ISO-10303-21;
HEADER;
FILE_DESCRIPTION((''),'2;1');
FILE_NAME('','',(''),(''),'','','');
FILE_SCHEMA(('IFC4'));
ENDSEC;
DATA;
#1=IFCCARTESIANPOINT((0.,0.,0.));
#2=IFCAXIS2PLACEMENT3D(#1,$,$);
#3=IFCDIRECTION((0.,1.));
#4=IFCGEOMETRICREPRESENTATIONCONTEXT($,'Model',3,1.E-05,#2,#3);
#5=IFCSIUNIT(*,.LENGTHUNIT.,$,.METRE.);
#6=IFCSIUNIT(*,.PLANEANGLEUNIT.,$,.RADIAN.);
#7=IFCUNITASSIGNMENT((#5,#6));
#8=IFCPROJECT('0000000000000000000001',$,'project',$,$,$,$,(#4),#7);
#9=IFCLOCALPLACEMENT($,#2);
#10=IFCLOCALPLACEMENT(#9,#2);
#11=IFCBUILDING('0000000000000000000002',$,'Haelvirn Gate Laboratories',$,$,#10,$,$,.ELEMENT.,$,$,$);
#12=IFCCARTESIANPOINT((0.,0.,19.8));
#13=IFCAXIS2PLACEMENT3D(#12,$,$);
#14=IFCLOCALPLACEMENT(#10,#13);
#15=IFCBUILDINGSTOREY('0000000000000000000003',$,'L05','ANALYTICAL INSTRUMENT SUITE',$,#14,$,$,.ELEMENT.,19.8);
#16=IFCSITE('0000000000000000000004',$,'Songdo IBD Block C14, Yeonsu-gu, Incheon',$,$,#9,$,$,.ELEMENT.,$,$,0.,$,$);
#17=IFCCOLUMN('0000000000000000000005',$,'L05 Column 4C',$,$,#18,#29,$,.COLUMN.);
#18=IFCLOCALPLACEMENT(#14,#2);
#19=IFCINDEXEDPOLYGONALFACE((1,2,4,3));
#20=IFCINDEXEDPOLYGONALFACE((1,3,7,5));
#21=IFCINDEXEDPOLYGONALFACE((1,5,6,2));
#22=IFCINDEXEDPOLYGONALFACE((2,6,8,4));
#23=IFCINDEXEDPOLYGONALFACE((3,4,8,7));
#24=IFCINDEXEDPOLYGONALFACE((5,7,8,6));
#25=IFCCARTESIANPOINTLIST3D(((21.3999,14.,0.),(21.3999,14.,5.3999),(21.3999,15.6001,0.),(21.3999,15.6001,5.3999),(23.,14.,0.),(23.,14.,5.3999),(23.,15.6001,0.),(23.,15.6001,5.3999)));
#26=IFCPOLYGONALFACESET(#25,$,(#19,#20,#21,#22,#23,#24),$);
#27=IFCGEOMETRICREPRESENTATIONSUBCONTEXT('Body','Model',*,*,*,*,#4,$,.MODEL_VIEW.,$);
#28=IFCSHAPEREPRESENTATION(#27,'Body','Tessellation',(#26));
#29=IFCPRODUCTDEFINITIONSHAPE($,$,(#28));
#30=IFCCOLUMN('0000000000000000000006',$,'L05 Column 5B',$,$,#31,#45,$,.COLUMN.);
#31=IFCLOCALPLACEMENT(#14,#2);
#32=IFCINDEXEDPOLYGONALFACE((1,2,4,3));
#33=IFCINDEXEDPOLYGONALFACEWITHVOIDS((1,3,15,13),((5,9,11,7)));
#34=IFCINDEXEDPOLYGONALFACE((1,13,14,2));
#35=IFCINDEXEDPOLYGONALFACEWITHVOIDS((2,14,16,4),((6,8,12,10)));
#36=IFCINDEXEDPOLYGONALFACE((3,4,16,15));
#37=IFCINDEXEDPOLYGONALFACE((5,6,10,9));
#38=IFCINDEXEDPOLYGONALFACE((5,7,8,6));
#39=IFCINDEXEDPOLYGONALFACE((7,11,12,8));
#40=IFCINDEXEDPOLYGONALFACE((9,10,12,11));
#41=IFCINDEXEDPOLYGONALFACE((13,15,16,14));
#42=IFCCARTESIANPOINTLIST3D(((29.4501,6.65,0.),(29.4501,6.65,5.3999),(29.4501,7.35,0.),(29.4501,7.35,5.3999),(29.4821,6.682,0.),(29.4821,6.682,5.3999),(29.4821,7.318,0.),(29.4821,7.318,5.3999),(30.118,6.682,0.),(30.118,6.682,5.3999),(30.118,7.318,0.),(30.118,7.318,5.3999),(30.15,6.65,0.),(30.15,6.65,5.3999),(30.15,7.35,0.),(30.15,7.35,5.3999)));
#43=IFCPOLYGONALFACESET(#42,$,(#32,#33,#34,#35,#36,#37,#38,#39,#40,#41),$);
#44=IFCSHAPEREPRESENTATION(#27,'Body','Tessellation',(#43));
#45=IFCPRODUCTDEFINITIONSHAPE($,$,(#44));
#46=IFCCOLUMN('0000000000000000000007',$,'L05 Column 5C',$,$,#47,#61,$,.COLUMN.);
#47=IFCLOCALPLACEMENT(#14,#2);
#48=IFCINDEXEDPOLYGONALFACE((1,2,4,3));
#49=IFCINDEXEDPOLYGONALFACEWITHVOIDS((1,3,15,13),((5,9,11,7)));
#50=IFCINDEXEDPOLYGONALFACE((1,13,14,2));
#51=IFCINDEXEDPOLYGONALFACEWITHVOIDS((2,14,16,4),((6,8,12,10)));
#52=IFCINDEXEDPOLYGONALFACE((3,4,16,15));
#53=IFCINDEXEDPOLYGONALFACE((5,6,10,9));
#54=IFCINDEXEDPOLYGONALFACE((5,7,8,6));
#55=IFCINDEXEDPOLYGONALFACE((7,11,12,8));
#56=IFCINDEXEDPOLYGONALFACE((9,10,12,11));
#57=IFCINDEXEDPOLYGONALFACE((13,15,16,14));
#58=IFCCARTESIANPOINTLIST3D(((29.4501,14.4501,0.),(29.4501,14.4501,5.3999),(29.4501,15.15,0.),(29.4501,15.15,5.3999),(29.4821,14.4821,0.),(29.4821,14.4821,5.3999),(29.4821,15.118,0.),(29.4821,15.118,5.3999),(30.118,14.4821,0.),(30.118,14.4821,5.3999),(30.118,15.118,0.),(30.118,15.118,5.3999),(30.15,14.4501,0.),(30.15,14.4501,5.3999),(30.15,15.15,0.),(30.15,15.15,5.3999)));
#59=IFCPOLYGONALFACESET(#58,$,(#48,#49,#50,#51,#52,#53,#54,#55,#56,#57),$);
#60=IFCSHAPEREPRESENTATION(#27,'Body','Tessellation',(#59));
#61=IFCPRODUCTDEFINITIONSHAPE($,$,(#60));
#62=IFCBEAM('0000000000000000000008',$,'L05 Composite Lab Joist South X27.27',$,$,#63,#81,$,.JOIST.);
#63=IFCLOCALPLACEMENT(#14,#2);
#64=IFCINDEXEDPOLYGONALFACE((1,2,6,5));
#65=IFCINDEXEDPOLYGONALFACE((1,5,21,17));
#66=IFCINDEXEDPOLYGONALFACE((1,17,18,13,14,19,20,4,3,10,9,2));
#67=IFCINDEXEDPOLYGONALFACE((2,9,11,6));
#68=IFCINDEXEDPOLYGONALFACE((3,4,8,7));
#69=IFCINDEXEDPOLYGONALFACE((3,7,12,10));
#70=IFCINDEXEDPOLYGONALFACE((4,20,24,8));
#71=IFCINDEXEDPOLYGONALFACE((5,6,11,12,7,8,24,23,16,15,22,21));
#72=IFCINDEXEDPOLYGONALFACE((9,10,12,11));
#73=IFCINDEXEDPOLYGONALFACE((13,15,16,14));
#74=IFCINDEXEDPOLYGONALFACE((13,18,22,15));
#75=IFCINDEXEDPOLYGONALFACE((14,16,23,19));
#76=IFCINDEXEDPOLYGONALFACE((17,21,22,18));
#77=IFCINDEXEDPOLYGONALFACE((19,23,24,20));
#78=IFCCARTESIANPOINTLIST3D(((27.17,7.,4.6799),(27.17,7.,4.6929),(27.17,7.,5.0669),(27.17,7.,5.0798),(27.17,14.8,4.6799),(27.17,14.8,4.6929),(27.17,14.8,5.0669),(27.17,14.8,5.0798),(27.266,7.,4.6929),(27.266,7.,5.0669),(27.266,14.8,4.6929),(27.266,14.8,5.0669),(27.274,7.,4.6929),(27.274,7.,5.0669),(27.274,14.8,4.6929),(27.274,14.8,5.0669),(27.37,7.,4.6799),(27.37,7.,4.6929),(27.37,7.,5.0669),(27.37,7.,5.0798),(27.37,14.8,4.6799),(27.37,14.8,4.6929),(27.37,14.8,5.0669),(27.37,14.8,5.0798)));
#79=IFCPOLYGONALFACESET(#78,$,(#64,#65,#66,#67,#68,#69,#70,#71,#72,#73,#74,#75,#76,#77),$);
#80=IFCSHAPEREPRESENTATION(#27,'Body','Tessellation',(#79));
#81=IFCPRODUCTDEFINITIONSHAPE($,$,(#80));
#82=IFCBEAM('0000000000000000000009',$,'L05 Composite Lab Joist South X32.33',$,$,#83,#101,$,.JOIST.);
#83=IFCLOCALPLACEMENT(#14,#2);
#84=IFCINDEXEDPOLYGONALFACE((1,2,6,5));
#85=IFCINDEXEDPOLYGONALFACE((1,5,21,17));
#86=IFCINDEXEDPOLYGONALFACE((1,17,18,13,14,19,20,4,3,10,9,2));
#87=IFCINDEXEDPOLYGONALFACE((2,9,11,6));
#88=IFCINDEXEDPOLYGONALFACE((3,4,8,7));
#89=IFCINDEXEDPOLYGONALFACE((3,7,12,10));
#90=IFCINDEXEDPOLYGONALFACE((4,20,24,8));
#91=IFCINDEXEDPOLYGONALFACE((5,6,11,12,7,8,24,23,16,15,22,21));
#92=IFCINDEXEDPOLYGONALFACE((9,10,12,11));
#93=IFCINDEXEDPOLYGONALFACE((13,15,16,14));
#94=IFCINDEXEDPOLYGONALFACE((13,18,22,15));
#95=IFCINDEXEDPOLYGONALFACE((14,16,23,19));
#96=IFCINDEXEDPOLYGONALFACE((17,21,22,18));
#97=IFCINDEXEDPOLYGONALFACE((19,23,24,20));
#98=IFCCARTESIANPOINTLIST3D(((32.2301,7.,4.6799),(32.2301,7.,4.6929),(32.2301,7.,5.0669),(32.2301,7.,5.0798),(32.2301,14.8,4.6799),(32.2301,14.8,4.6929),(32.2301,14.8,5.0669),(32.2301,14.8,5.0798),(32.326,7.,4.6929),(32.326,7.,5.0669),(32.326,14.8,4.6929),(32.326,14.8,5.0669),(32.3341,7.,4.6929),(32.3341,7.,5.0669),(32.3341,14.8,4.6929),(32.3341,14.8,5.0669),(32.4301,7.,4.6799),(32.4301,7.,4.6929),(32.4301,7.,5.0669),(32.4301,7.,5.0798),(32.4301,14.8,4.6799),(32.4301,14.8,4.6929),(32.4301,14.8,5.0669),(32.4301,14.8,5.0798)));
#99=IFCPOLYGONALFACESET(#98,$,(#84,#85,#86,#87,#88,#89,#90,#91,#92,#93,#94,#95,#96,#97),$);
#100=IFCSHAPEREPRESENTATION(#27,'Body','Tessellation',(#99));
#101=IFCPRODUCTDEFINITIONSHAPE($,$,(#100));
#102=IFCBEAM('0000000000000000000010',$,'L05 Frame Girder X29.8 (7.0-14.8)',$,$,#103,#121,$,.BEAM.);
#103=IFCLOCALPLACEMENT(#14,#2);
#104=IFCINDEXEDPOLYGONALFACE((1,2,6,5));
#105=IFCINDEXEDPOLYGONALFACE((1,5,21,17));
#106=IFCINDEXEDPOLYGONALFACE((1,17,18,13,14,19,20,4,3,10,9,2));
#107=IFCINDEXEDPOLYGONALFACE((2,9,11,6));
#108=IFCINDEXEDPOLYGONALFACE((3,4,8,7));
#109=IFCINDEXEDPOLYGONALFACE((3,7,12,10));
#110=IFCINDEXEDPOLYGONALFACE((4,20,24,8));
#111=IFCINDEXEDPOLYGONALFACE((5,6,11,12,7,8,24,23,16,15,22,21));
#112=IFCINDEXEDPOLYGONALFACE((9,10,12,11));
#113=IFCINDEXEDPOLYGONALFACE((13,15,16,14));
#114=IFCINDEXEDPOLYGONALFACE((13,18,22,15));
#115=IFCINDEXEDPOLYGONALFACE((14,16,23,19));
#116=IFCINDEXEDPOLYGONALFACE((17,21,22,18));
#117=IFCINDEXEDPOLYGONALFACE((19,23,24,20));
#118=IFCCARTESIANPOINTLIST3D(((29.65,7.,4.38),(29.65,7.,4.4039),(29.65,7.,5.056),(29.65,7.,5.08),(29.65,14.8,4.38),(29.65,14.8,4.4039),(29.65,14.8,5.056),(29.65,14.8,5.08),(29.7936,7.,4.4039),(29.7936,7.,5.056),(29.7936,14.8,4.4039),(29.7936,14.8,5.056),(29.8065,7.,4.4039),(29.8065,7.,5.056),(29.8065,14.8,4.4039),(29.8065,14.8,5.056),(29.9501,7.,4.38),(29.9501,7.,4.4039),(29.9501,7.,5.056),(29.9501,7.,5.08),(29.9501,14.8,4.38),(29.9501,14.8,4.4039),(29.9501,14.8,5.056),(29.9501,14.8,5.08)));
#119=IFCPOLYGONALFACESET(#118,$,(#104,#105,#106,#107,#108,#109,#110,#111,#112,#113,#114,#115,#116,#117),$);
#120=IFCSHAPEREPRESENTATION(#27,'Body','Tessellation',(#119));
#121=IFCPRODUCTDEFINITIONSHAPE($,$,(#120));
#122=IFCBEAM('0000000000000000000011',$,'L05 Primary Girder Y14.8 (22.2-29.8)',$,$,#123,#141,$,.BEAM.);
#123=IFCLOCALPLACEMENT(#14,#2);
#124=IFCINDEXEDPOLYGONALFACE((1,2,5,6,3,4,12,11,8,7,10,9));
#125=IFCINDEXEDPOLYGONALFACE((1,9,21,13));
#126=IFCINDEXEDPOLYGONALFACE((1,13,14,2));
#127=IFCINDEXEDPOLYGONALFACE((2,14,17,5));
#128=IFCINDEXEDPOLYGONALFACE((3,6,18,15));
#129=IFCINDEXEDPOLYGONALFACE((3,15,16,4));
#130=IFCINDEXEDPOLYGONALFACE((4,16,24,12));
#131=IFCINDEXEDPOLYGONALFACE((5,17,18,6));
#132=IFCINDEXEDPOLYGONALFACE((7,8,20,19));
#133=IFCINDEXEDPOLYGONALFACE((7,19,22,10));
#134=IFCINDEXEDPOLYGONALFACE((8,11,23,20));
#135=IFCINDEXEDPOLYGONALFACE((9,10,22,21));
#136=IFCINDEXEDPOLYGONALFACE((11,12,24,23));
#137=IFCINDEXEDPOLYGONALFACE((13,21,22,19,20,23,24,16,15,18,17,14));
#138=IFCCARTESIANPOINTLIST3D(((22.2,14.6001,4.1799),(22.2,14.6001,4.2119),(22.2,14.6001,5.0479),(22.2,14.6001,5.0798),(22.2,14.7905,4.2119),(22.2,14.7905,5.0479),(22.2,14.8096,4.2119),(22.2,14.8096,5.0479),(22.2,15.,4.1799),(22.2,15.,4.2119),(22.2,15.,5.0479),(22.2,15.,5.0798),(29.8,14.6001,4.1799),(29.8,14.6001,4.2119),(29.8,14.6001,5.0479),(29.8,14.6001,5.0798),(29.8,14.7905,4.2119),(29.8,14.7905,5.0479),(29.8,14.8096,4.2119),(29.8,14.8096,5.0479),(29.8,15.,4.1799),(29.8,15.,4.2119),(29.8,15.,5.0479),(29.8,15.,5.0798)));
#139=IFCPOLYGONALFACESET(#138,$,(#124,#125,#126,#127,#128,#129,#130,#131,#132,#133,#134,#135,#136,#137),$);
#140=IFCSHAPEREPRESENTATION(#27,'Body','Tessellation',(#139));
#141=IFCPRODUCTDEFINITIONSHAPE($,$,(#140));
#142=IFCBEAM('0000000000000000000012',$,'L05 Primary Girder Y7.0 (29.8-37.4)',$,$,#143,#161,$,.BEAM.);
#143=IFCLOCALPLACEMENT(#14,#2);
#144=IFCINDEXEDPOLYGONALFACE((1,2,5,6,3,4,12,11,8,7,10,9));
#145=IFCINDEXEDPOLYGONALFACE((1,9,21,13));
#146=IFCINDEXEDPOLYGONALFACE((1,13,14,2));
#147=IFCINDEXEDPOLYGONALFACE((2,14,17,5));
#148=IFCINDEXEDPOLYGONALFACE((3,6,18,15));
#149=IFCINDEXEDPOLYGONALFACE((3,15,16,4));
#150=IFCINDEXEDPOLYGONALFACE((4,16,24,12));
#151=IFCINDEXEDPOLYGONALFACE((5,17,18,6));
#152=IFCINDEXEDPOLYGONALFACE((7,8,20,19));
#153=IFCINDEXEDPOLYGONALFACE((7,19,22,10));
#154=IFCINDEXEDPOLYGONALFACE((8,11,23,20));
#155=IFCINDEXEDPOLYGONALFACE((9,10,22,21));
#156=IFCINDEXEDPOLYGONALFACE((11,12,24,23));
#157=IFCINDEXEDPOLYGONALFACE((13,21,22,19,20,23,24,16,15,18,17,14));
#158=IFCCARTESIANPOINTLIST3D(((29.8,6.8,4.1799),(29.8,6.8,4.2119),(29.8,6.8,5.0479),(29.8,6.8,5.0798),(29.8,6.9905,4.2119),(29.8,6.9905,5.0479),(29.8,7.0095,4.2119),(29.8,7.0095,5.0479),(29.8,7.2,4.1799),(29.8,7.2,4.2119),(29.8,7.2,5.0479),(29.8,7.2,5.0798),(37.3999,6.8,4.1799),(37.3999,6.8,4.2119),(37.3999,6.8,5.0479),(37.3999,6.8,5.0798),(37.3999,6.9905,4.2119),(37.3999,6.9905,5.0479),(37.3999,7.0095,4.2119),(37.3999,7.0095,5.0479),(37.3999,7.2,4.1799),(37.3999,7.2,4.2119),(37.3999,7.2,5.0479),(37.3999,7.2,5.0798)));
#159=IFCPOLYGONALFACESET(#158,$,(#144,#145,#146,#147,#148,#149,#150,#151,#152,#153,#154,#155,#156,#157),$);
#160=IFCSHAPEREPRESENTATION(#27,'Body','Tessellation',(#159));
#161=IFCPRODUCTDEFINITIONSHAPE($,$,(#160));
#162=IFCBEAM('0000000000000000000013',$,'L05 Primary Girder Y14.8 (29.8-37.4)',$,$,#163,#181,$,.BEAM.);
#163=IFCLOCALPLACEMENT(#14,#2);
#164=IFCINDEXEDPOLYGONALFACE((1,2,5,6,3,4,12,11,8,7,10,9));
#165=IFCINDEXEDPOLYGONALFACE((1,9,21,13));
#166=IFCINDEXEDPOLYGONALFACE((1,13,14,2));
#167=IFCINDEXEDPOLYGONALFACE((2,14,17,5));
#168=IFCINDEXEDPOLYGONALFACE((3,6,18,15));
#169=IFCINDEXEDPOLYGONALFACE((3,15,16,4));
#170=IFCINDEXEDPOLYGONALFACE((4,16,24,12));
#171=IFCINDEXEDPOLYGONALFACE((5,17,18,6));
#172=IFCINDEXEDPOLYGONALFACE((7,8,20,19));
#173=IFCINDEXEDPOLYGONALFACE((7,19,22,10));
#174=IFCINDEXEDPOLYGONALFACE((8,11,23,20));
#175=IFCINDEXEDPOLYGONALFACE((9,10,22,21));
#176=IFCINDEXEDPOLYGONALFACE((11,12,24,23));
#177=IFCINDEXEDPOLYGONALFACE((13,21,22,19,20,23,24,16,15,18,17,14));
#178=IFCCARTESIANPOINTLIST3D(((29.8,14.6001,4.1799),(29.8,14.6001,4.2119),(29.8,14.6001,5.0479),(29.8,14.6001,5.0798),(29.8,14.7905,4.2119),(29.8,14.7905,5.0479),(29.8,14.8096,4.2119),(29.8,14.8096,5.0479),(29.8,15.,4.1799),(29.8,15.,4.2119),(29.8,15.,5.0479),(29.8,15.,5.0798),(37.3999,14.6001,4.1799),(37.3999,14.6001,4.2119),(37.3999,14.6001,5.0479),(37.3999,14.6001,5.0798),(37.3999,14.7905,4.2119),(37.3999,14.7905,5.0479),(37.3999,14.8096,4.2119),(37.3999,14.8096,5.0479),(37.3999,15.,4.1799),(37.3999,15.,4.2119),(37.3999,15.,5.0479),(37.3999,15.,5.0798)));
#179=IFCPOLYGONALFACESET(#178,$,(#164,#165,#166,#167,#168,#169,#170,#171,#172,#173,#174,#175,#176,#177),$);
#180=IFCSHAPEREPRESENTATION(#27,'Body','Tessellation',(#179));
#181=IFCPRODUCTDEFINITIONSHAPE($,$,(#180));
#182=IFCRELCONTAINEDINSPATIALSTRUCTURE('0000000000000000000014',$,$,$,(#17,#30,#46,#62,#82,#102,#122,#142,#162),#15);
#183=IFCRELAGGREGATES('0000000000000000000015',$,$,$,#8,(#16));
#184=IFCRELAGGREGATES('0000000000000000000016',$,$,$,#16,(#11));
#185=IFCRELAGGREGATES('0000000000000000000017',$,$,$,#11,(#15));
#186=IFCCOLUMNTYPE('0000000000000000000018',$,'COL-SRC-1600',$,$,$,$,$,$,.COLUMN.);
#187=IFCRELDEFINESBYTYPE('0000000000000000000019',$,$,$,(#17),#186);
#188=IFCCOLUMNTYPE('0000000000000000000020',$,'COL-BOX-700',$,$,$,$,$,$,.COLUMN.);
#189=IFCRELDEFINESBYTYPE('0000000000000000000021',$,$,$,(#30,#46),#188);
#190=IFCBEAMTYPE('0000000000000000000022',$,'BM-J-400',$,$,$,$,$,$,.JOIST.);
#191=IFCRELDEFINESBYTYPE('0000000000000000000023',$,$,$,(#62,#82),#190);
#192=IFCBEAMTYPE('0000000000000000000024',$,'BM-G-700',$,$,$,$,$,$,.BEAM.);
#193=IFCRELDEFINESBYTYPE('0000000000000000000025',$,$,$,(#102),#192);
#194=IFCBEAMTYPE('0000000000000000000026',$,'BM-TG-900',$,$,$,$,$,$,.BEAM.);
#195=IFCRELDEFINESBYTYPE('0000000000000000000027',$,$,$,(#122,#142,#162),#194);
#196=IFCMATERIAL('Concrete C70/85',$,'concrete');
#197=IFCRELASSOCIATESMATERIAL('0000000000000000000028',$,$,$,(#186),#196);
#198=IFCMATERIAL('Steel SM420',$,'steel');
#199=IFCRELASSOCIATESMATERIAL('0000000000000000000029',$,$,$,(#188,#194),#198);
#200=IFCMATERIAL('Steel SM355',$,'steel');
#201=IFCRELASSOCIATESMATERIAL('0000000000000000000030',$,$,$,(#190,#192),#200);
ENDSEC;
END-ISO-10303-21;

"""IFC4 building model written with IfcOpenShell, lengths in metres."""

from ifc_helpers import new_model, si_unit, direction, frame, origin, origin_2d, place, context, subcontext, project, spatial, rectangle, hollow_rectangle, i_section, extrude, source, transform, mapped, material, material_profile, profile_set, type_object, type_shapes, element, save


model = new_model("IFC4")

# Units and contexts
model_context = context("Model", 3, precision=1e-05, world=origin(), true_north=direction((0.0, 1.0)))
body_context = subcontext(model_context, "Body", "Model", "MODEL_VIEW")
ifc_project = project(units=[si_unit("LENGTHUNIT", "METRE"), si_unit("PLANEANGLEUNIT", "RADIAN")], contexts=[model_context])

# Site, building, storey
site_placement = place(None, origin())
site = spatial("IfcSite", under=ifc_project, at=site_placement, Name="Songdo IBD Block C14, Yeonsu-gu, Incheon", CompositionType="ELEMENT", RefElevation=0.0)
building_placement = place(site_placement, origin())
building = spatial("IfcBuilding", under=site, at=building_placement, Name="Haelvirn Gate Laboratories", CompositionType="ELEMENT")
storey_placement = place(building_placement, frame((0.0, 0.0, 19.8)))
storey = spatial("IfcBuildingStorey", under=building, at=storey_placement, Name="L05", Description="ANALYTICAL INSTRUMENT SUITE", CompositionType="ELEMENT", Elevation=19.8)

# Columns
ifc_material_1 = material(Name="Concrete C70/85", Category="concrete")
ifc_material_profile_1 = material_profile(ifc_material_1, rectangle(XDim=1.6001, YDim=1.6001, at=origin_2d()), Name="SRC-1600x1600")
ifc_profile_set_1 = profile_set([ifc_material_profile_1], Name="Concrete C70/85")
column_type_1 = type_object("IfcColumnType", Name="COL-SRC-1600", PredefinedType="COLUMN", material=ifc_profile_set_1)
shared_shape_1 = source(origin(), body_context, "Body", "SweptSolid", [
    extrude(rectangle(XDim=1.6001, YDim=1.6001, at=origin_2d()), origin(), (0.0, 0.0, 1.0), 5.3999),
])
type_shapes(column_type_1, [shared_shape_1])
column_placement = place(storey_placement, frame((22.2, 14.8, 0.0), z_axis=(0.0, 0.0, 1.0), x_axis=(1.0, 0.0, 0.0)))
element("IfcColumn", 1, at=column_placement, inside=storey, type_object=column_type_1, Name="L05 Column 4C", PredefinedType="COLUMN", context=body_context, shape_type="MappedRepresentation", body=[
    mapped(shared_shape_1, transform((0.0, 0.0, 0.0), scale=1.0)),
])
ifc_material_2 = material(Name="Steel SM420", Category="steel")
ifc_material_profile_2 = material_profile(ifc_material_2, hollow_rectangle(XDim=0.7, YDim=0.7, WallThickness=0.032, at=origin_2d()), Name="BOX-700x700x32")
ifc_profile_set_2 = profile_set([ifc_material_profile_2], Name="Steel SM420")
column_type_2 = type_object("IfcColumnType", Name="COL-BOX-700", PredefinedType="COLUMN", material=ifc_profile_set_2)
shared_shape_2 = source(origin(), body_context, "Body", "SweptSolid", [
    extrude(hollow_rectangle(XDim=0.7, YDim=0.7, WallThickness=0.032, at=origin_2d()), origin(), (0.0, 0.0, 1.0), 5.3999),
])
type_shapes(column_type_2, [shared_shape_2])
for number, where, z_axis, x_axis, name in (
    (2, (29.8, 7.0, 0.0), (0.0, 0.0, 1.0), (1.0, 0.0, 0.0), "L05 Column 5B"),
    (3, (29.8, 14.8, 0.0), (0.0, 0.0, 1.0), (1.0, 0.0, 0.0), "L05 Column 5C"),
):
    element("IfcColumn", number, at=place(storey_placement, frame(where, z_axis=z_axis, x_axis=x_axis)), inside=storey, type_object=column_type_2, Name=name, PredefinedType="COLUMN", context=body_context, shape_type="MappedRepresentation", body=[
        mapped(shared_shape_2, transform((0.0, 0.0, 0.0), scale=1.0)),
    ])

# Beams
ifc_material_3 = material(Name="Steel SM355", Category="steel")
ifc_material_profile_3 = material_profile(ifc_material_3, i_section(OverallWidth=0.2, OverallDepth=0.3999, WebThickness=0.0081, FlangeThickness=0.0129, at=origin_2d()), Name="H-400x200x8x13")
ifc_profile_set_3 = profile_set([ifc_material_profile_3], Name="Steel SM355")
beam_type_1 = type_object("IfcBeamType", Name="BM-J-400", PredefinedType="JOIST", material=ifc_profile_set_3)
shared_shape_3 = source(origin(), body_context, "Body", "SweptSolid", [
    extrude(i_section(OverallWidth=0.2, OverallDepth=0.3999, WebThickness=0.0081, FlangeThickness=0.0129, at=origin_2d()), origin(), (0.0, 0.0, 1.0), 7.8),
])
type_shapes(beam_type_1, [shared_shape_3])
for number, where, z_axis, x_axis, name in (
    (4, (27.27, 7.0, 4.8799), (0.0, 1.0, 0.0), (-1.0, 0.0, 0.0), "L05 Composite Lab Joist South X27.27"),
    (5, (32.3301, 7.0, 4.8799), (0.0, 1.0, 0.0), (-1.0, 0.0, 0.0), "L05 Composite Lab Joist South X32.33"),
):
    element("IfcBeam", number, at=place(storey_placement, frame(where, z_axis=z_axis, x_axis=x_axis)), inside=storey, type_object=beam_type_1, Name=name, PredefinedType="JOIST", context=body_context, shape_type="MappedRepresentation", body=[
        mapped(shared_shape_3, transform((0.0, 0.0, 0.0), scale=1.0)),
    ])
ifc_material_profile_4 = material_profile(ifc_material_3, i_section(OverallWidth=0.3, OverallDepth=0.7, WebThickness=0.0129, FlangeThickness=0.0239, at=origin_2d()), Name="H-700x300x13x24")
ifc_profile_set_4 = profile_set([ifc_material_profile_4], Name="Steel SM355")
beam_type_2 = type_object("IfcBeamType", Name="BM-G-700", PredefinedType="BEAM", material=ifc_profile_set_4)
shared_shape_4 = source(origin(), body_context, "Body", "SweptSolid", [
    extrude(i_section(OverallWidth=0.3, OverallDepth=0.7, WebThickness=0.0129, FlangeThickness=0.0239, at=origin_2d()), origin(), (0.0, 0.0, 1.0), 7.8),
])
type_shapes(beam_type_2, [shared_shape_4])
beam_1_placement = place(storey_placement, frame((29.8, 7.0, 4.73), z_axis=(0.0, 1.0, 0.0), x_axis=(-1.0, 0.0, 0.0)))
element("IfcBeam", 6, at=beam_1_placement, inside=storey, type_object=beam_type_2, Name="L05 Frame Girder X29.8 (7.0-14.8)", PredefinedType="BEAM", context=body_context, shape_type="MappedRepresentation", body=[
    mapped(shared_shape_4, transform((0.0, 0.0, 0.0), scale=1.0)),
])
ifc_material_profile_5 = material_profile(ifc_material_2, i_section(OverallWidth=0.3999, OverallDepth=0.8999, WebThickness=0.019, FlangeThickness=0.032, at=origin_2d()), Name="H-900x400x19x32")
ifc_profile_set_5 = profile_set([ifc_material_profile_5], Name="Steel SM420")
beam_type_3 = type_object("IfcBeamType", Name="BM-TG-900", PredefinedType="BEAM", material=ifc_profile_set_5)
shared_shape_5 = source(origin(), body_context, "Body", "SweptSolid", [
    extrude(i_section(OverallWidth=0.3999, OverallDepth=0.8999, WebThickness=0.019, FlangeThickness=0.032, at=origin_2d()), origin(), (0.0, 0.0, 1.0), 7.6001),
])
beam_2_placement = place(storey_placement, frame((22.2, 14.8, 4.6299), z_axis=(1.0, 0.0, 0.0), x_axis=(0.0, 1.0, 0.0)))
element("IfcBeam", 7, at=beam_2_placement, inside=storey, type_object=beam_type_3, Name="L05 Primary Girder Y14.8 (22.2-29.8)", PredefinedType="BEAM", context=body_context, shape_type="MappedRepresentation", body=[
    mapped(shared_shape_5, transform((0.0, 0.0, 0.0), scale=1.0)),
])
shared_shape_6 = source(origin(), body_context, "Body", "SweptSolid", [
    extrude(i_section(OverallWidth=0.3999, OverallDepth=0.8999, WebThickness=0.019, FlangeThickness=0.032, at=origin_2d()), origin(), (0.0, 0.0, 1.0), 7.5999),
])
type_shapes(beam_type_3, [shared_shape_5, shared_shape_6])
for number, where, z_axis, x_axis, name in (
    (8, (29.8, 7.0, 4.6299), (1.0, 0.0, 0.0), (0.0, 1.0, 0.0), "L05 Primary Girder Y7.0 (29.8-37.4)"),
    (9, (29.8, 14.8, 4.6299), (1.0, 0.0, 0.0), (0.0, 1.0, 0.0), "L05 Primary Girder Y14.8 (29.8-37.4)"),
):
    element("IfcBeam", number, at=place(storey_placement, frame(where, z_axis=z_axis, x_axis=x_axis)), inside=storey, type_object=beam_type_3, Name=name, PredefinedType="BEAM", context=body_context, shape_type="MappedRepresentation", body=[
        mapped(shared_shape_6, transform((0.0, 0.0, 0.0), scale=1.0)),
    ])

save(model, "model.ifc")
